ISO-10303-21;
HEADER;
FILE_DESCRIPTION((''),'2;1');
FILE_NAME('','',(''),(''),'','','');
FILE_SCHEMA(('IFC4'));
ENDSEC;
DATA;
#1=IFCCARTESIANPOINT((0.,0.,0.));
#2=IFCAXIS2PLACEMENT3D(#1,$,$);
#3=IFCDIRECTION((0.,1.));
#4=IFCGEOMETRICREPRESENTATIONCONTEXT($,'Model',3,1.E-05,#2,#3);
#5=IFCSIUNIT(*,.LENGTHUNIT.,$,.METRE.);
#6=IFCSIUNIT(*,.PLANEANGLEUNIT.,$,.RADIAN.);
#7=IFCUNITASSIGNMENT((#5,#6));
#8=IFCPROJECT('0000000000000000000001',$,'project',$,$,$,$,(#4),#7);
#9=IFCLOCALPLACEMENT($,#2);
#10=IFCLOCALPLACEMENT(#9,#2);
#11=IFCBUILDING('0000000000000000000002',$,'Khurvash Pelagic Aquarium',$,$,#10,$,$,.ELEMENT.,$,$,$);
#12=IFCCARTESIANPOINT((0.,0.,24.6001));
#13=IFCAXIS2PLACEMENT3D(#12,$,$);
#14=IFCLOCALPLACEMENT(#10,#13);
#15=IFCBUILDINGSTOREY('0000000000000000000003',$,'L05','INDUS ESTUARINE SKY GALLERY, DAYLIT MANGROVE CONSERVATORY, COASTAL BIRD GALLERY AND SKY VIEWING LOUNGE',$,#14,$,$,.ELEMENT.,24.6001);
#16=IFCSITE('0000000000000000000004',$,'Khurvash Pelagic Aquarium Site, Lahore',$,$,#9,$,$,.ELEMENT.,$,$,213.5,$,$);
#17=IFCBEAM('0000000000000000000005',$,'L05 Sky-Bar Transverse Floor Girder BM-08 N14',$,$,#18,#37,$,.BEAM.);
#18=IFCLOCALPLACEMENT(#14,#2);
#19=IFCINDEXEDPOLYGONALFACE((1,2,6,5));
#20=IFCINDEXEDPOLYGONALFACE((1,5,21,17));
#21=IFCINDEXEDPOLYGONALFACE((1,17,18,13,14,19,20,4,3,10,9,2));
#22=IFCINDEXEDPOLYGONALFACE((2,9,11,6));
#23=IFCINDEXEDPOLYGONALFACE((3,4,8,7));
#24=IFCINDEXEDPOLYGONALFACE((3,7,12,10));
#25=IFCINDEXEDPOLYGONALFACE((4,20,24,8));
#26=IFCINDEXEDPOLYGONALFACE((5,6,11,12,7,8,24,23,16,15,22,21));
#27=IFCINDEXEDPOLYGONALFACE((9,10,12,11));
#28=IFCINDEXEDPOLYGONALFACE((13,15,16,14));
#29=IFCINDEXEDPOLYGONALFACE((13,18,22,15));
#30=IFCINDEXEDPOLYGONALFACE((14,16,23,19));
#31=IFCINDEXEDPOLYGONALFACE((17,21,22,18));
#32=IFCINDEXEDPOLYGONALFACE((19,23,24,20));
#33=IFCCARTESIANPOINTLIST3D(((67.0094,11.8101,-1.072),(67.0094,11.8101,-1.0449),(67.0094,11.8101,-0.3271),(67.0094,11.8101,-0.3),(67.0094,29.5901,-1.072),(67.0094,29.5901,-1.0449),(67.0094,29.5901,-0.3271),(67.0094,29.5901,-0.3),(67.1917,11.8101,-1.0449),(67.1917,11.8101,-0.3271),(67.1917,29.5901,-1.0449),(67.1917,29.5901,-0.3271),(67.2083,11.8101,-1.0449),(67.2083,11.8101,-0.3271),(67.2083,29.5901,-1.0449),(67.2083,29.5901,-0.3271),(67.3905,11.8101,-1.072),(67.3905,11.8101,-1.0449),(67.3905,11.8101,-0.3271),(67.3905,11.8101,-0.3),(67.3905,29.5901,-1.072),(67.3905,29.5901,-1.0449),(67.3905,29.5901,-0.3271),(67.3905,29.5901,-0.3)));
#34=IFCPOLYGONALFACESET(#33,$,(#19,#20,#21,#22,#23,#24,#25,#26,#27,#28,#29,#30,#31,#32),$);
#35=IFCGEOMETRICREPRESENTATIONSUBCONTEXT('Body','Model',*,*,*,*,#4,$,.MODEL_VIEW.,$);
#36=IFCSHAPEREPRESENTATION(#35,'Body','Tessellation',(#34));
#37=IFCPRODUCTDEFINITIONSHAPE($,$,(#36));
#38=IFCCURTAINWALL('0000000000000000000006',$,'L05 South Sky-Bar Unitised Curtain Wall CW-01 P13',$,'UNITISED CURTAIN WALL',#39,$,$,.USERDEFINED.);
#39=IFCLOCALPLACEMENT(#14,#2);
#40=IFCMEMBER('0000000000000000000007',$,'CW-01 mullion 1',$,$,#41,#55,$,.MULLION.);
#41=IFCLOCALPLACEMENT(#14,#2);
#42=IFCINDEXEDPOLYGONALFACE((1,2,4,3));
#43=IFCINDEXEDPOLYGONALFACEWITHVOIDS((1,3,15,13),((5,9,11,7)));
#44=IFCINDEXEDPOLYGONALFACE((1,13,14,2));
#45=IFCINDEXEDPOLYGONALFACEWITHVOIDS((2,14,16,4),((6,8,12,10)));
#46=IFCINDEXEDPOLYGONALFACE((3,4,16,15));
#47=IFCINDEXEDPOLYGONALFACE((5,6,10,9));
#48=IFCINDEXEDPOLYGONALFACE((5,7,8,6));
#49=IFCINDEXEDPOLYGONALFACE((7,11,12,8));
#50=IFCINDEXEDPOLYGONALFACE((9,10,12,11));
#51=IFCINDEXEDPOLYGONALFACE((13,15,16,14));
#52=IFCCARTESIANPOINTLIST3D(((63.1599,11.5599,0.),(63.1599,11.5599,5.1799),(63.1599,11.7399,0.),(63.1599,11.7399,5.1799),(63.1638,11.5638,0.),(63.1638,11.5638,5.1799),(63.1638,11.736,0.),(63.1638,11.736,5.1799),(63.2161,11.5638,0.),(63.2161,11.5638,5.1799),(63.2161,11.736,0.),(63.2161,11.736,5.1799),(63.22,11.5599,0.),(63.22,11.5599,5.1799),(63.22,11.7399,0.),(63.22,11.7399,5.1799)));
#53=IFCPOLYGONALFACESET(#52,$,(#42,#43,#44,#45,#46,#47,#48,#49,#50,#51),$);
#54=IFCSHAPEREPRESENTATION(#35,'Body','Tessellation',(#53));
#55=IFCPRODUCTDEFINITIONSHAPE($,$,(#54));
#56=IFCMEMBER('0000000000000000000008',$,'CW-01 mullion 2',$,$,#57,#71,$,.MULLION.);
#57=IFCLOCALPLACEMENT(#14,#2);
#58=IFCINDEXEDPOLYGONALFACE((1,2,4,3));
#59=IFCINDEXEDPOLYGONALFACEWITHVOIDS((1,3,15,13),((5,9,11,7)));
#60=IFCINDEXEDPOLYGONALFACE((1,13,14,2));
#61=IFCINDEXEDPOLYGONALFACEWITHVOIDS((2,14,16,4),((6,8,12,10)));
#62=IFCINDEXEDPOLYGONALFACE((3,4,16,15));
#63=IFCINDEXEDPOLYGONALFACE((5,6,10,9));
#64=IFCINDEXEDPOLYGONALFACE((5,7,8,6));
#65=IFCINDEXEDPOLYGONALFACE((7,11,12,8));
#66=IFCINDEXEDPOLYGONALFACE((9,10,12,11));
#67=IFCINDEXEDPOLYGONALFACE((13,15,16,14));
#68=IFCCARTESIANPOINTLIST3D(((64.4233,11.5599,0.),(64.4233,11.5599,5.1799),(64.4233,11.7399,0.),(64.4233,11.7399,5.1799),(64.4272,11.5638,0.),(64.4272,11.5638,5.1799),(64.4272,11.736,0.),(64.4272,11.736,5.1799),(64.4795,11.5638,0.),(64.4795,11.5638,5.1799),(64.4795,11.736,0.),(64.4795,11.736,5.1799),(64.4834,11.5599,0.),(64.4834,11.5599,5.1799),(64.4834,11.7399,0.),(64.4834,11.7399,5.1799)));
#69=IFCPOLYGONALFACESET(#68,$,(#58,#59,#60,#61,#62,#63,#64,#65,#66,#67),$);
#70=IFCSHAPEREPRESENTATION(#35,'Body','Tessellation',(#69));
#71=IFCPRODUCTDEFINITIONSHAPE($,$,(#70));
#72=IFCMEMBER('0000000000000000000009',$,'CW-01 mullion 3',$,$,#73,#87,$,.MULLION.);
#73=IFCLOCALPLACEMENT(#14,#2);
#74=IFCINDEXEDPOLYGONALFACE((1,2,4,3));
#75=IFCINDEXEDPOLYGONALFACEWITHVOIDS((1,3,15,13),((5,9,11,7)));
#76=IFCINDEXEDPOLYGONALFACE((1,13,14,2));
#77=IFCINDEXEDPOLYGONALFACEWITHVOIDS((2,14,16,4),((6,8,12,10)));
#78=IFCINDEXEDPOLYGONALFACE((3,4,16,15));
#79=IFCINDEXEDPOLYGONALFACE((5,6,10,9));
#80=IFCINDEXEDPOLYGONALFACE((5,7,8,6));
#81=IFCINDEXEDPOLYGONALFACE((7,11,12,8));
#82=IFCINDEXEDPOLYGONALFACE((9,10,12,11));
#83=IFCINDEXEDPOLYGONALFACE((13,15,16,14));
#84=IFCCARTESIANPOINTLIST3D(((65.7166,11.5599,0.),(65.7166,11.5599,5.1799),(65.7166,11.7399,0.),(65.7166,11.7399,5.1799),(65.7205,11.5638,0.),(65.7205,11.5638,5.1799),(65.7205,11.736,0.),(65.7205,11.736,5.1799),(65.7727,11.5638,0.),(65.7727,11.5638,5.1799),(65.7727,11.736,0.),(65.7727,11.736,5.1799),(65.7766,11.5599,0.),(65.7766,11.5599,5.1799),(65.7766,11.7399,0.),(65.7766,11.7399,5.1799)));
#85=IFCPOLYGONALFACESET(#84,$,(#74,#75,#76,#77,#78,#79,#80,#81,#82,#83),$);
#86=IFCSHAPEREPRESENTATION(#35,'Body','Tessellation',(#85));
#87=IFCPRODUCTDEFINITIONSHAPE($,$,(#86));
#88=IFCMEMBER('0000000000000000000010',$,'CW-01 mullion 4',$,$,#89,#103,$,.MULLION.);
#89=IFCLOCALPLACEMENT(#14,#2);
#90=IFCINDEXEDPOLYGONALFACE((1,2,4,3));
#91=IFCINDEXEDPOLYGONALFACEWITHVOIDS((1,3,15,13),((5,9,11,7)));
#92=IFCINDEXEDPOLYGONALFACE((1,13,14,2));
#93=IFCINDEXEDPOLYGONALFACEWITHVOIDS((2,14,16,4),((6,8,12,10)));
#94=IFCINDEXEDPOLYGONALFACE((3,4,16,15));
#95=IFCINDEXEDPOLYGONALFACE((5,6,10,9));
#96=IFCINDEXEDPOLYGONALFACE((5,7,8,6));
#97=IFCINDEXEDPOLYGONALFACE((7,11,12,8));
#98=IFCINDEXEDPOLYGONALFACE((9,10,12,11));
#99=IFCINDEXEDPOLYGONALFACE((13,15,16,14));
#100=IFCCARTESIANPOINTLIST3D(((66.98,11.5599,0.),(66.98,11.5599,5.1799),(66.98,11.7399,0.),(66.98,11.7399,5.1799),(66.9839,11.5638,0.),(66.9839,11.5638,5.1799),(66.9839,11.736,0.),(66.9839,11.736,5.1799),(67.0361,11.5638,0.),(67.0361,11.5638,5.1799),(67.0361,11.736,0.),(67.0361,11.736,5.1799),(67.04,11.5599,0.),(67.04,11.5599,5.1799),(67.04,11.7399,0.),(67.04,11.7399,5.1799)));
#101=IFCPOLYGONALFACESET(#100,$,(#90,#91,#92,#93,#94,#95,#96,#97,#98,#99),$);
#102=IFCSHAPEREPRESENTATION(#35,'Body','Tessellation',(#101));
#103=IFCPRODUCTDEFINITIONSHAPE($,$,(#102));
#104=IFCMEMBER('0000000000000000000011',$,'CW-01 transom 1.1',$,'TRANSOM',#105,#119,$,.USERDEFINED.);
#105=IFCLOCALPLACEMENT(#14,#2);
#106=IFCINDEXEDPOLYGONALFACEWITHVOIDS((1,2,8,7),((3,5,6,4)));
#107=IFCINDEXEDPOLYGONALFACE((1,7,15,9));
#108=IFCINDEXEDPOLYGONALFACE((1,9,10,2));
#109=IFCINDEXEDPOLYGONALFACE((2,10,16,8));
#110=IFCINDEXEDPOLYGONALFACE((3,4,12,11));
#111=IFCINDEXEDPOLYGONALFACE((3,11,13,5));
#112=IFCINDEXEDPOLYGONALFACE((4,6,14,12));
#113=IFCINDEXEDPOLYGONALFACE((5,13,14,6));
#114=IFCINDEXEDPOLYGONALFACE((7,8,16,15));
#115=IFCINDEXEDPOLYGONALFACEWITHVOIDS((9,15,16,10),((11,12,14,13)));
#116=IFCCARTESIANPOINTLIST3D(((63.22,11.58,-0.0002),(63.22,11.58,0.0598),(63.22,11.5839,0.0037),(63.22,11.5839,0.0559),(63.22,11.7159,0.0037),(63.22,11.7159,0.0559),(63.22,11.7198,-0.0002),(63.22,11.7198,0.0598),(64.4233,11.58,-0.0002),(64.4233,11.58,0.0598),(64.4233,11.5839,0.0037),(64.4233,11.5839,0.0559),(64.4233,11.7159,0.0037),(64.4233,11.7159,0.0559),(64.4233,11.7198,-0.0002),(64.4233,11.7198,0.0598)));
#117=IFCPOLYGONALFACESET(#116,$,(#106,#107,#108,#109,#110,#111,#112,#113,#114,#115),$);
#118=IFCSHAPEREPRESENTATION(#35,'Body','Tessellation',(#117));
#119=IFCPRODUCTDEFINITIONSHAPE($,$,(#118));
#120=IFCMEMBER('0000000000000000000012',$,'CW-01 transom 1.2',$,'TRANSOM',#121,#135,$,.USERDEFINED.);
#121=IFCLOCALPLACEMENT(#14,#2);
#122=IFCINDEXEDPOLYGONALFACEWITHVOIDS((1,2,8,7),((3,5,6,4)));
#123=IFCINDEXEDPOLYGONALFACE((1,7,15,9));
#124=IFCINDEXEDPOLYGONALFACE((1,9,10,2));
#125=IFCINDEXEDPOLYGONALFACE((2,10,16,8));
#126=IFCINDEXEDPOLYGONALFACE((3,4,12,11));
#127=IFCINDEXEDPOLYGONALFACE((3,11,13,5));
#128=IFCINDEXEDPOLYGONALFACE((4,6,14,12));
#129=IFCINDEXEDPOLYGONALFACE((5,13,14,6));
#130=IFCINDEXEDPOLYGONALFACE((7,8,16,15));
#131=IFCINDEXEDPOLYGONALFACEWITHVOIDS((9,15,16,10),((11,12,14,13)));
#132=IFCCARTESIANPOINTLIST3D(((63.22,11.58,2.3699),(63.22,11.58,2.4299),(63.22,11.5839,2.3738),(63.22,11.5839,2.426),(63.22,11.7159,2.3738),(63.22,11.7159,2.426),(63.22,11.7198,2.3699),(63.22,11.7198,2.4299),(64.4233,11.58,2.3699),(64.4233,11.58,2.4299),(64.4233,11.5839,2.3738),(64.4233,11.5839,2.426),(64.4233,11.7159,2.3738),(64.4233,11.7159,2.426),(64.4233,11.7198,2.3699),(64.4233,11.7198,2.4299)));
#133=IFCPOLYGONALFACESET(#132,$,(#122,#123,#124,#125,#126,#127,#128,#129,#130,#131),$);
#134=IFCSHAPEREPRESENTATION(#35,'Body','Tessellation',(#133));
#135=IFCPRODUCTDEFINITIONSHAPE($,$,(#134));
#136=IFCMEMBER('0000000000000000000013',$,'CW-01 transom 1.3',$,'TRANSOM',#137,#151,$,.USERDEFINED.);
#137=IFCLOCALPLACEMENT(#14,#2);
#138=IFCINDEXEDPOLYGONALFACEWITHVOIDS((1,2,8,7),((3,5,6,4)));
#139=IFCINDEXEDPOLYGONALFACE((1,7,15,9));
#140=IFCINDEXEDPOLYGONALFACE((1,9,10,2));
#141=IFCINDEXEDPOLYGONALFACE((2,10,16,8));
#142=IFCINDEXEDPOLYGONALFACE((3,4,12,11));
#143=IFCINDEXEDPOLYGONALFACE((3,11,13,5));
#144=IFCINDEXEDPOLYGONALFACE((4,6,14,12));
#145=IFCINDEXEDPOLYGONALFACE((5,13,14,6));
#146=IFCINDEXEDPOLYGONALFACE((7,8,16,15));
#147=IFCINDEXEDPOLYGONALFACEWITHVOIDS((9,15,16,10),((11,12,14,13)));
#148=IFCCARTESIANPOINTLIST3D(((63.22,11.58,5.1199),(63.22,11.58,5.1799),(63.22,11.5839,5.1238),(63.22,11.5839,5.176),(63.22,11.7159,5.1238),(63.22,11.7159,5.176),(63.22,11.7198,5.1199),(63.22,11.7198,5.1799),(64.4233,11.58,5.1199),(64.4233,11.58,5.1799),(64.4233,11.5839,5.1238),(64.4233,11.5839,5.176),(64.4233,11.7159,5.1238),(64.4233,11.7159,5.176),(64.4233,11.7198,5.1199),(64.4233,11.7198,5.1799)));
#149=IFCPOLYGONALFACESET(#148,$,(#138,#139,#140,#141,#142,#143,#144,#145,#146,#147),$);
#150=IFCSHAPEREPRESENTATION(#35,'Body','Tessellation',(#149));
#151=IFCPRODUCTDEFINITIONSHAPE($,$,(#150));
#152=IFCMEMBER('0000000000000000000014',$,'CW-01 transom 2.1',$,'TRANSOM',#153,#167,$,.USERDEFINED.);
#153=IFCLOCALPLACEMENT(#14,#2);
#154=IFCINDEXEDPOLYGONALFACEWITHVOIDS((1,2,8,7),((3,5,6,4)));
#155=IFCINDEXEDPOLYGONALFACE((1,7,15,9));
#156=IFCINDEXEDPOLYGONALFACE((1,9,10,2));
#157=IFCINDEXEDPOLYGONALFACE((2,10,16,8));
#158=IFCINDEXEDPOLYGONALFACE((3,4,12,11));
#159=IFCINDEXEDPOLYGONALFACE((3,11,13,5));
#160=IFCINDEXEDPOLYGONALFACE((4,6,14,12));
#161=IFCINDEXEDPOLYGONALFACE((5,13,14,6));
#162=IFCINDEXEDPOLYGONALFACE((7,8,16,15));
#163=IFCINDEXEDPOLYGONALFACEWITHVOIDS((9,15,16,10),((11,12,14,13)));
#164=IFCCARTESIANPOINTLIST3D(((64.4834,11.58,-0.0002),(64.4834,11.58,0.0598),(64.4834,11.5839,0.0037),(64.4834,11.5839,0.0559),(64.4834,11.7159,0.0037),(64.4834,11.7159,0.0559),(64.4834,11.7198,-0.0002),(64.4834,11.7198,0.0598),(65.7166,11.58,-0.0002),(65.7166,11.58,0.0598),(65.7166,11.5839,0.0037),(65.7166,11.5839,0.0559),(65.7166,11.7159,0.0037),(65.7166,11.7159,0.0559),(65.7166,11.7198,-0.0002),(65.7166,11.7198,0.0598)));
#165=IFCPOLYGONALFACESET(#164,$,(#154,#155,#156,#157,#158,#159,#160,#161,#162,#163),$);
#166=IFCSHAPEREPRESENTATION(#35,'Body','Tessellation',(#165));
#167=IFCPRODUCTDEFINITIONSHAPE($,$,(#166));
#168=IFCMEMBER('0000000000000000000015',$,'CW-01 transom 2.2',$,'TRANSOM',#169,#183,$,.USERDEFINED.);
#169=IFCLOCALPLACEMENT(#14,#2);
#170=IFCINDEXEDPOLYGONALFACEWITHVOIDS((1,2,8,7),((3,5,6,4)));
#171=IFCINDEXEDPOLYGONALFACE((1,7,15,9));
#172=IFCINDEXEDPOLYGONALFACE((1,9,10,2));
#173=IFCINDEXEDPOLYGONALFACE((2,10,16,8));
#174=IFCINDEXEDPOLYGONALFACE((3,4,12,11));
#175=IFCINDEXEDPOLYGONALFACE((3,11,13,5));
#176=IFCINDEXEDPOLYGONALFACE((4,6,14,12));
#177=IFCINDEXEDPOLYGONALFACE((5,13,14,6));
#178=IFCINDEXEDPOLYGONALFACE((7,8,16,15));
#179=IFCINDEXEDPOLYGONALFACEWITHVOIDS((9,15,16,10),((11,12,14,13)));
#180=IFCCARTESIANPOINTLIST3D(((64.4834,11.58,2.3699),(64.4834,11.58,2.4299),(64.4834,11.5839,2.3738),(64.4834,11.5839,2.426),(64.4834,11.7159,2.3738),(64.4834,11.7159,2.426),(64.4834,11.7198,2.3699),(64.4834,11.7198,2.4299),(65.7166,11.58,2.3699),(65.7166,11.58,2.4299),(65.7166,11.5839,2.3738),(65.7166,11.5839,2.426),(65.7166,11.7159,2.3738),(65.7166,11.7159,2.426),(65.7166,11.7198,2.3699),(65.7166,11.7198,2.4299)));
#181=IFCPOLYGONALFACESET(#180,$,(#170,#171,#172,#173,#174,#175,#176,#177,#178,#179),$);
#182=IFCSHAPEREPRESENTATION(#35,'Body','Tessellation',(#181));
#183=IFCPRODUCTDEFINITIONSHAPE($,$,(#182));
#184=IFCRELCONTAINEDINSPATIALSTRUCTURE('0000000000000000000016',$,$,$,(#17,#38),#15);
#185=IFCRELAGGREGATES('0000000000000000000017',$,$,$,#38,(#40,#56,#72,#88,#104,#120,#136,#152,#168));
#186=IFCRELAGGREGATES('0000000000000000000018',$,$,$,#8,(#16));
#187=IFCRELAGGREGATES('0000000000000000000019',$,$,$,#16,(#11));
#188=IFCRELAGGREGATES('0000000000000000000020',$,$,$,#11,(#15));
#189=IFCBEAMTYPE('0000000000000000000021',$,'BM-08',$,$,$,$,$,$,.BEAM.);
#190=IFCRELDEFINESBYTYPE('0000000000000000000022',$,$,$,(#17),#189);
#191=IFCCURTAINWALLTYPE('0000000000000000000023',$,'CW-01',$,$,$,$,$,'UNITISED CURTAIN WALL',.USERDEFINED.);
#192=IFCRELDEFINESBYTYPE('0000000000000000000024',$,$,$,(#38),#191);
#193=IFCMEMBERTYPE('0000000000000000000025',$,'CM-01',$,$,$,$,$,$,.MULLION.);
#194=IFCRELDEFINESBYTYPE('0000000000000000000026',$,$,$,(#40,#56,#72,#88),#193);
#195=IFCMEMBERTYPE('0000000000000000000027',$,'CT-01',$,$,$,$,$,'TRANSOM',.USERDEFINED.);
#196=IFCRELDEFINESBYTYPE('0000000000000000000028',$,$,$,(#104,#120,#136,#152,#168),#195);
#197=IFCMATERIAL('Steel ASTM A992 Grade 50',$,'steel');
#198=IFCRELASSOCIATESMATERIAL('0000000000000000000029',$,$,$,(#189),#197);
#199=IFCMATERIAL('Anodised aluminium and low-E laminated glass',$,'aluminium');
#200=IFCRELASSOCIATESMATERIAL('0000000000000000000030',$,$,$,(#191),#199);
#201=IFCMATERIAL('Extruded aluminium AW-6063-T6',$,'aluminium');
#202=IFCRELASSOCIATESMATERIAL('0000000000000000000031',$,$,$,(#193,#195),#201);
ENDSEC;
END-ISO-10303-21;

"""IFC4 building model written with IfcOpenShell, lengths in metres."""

from ifc_helpers import new_model, si_unit, direction, frame, origin, origin_2d, place, context, subcontext, project, spatial, hollow_rectangle, i_section, extrude, material, material_profile, profile_set, type_object, element, aggregate, save


model = new_model("IFC4")

# Units and contexts
model_context = context("Model", 3, precision=1e-05, world=origin(), true_north=direction((0.0, 1.0)))
body_context = subcontext(model_context, "Body", "Model", "MODEL_VIEW")
ifc_project = project(units=[si_unit("LENGTHUNIT", "METRE"), si_unit("PLANEANGLEUNIT", "RADIAN")], contexts=[model_context])

# Site, building, storey
site_placement = place(None, origin())
site = spatial("IfcSite", under=ifc_project, at=site_placement, Name="Khurvash Pelagic Aquarium Site, Lahore", CompositionType="ELEMENT", RefElevation=213.5)
building_placement = place(site_placement, origin())
building = spatial("IfcBuilding", under=site, at=building_placement, Name="Khurvash Pelagic Aquarium", CompositionType="ELEMENT")
storey_placement = place(building_placement, frame((0.0, 0.0, 24.6001)))
storey = spatial("IfcBuildingStorey", under=building, at=storey_placement, Name="L05", Description="INDUS ESTUARINE SKY GALLERY, DAYLIT MANGROVE CONSERVATORY, COASTAL BIRD GALLERY AND SKY VIEWING LOUNGE", CompositionType="ELEMENT", Elevation=24.6001)

# Beam
ifc_material_1 = material(Name="Steel ASTM A992 Grade 50", Category="steel")
ifc_material_profile_1 = material_profile(ifc_material_1, i_section(OverallWidth=0.3811, OverallDepth=0.772, WebThickness=0.0166, FlangeThickness=0.0271, at=origin_2d()), Name="W30X173")
ifc_profile_set_1 = profile_set([ifc_material_profile_1], Name="Steel ASTM A992 Grade 50")
beam_type = type_object("IfcBeamType", Name="BM-08", PredefinedType="BEAM", material=ifc_profile_set_1)
beam_placement = place(storey_placement, frame((67.2, 11.8101, -0.686), z_axis=(0.0, 1.0, 0.0), x_axis=(-1.0, 0.0, 0.0)))
element("IfcBeam", 1, at=beam_placement, inside=storey, type_object=beam_type, Name="L05 Sky-Bar Transverse Floor Girder BM-08 N14", PredefinedType="BEAM", context=body_context, shape_type="SweptSolid", body=[
    extrude(i_section(OverallWidth=0.3811, OverallDepth=0.772, WebThickness=0.0166, FlangeThickness=0.0271, at=origin_2d()), origin(), (0.0, 0.0, 1.0), 17.78),
])

# Curtain wall, members
ifc_material_2 = material(Name="Anodised aluminium and low-E laminated glass", Category="aluminium")
curtain_wall_type = type_object("IfcCurtainWallType", Name="CW-01", ElementType="UNITISED CURTAIN WALL", PredefinedType="USERDEFINED", material=ifc_material_2)
curtain_wall_placement = place(storey_placement, origin())
curtain_wall = element("IfcCurtainWall", 2, at=curtain_wall_placement, inside=storey, type_object=curtain_wall_type, Name="L05 South Sky-Bar Unitised Curtain Wall CW-01 P13", ObjectType="UNITISED CURTAIN WALL", PredefinedType="USERDEFINED")
ifc_material_3 = material(Name="Extruded aluminium AW-6063-T6", Category="aluminium")
ifc_material_profile_2 = material_profile(ifc_material_3, hollow_rectangle(XDim=0.0601, YDim=0.1799, WallThickness=0.0039, at=origin_2d()), Name="CWM60X180X4")
ifc_profile_set_2 = profile_set([ifc_material_profile_2], Name="Extruded aluminium AW-6063-T6")
member_type_1 = type_object("IfcMemberType", Name="CM-01", PredefinedType="MULLION", material=ifc_profile_set_2)
member_1_placement = place(storey_placement, frame((63.1899, 11.6499, 0.0), z_axis=(0.0, 0.0, 1.0), x_axis=(1.0, 0.0, 0.0)))
member_1 = element("IfcMember", 3, at=member_1_placement, type_object=member_type_1, Name="CW-01 mullion 1", PredefinedType="MULLION", context=body_context, shape_type="SweptSolid", body=[
    extrude(hollow_rectangle(XDim=0.0601, YDim=0.1799, WallThickness=0.0039, at=origin_2d()), origin(), (0.0, 0.0, 1.0), 5.1799),
])
member_2_placement = place(storey_placement, frame((64.4534, 11.6499, 0.0), z_axis=(0.0, 0.0, 1.0), x_axis=(1.0, 0.0, 0.0)))
member_2 = element("IfcMember", 4, at=member_2_placement, type_object=member_type_1, Name="CW-01 mullion 2", PredefinedType="MULLION", context=body_context, shape_type="SweptSolid", body=[
    extrude(hollow_rectangle(XDim=0.0601, YDim=0.1799, WallThickness=0.0039, at=origin_2d()), origin(), (0.0, 0.0, 1.0), 5.1799),
])
member_3_placement = place(storey_placement, frame((65.7466, 11.6499, 0.0), z_axis=(0.0, 0.0, 1.0), x_axis=(1.0, 0.0, 0.0)))
member_3 = element("IfcMember", 5, at=member_3_placement, type_object=member_type_1, Name="CW-01 mullion 3", PredefinedType="MULLION", context=body_context, shape_type="SweptSolid", body=[
    extrude(hollow_rectangle(XDim=0.0601, YDim=0.1799, WallThickness=0.0039, at=origin_2d()), origin(), (0.0, 0.0, 1.0), 5.1799),
])
member_4_placement = place(storey_placement, frame((67.01, 11.6499, 0.0), z_axis=(0.0, 0.0, 1.0), x_axis=(1.0, 0.0, 0.0)))
member_4 = element("IfcMember", 6, at=member_4_placement, type_object=member_type_1, Name="CW-01 mullion 4", PredefinedType="MULLION", context=body_context, shape_type="SweptSolid", body=[
    extrude(hollow_rectangle(XDim=0.0601, YDim=0.1799, WallThickness=0.0039, at=origin_2d()), origin(), (0.0, 0.0, 1.0), 5.1799),
])
ifc_material_profile_3 = material_profile(ifc_material_3, hollow_rectangle(XDim=0.1399, YDim=0.0601, WallThickness=0.0039, at=origin_2d()), Name="CWT140X60X4")
ifc_profile_set_3 = profile_set([ifc_material_profile_3], Name="Extruded aluminium AW-6063-T6")
member_type_2 = type_object("IfcMemberType", Name="CT-01", ElementType="TRANSOM", PredefinedType="USERDEFINED", material=ifc_profile_set_3)
member_5_placement = place(storey_placement, frame((63.22, 11.6499, 0.0298), z_axis=(1.0, 0.0, 0.0), x_axis=(0.0, 1.0, 0.0)))
member_5 = element("IfcMember", 7, at=member_5_placement, type_object=member_type_2, Name="CW-01 transom 1.1", ObjectType="TRANSOM", PredefinedType="USERDEFINED", context=body_context, shape_type="SweptSolid", body=[
    extrude(hollow_rectangle(XDim=0.1399, YDim=0.0601, WallThickness=0.0039, at=origin_2d()), origin(), (0.0, 0.0, 1.0), 1.2034),
])
member_6_placement = place(storey_placement, frame((63.22, 11.6499, 2.3999), z_axis=(1.0, 0.0, 0.0), x_axis=(0.0, 1.0, 0.0)))
member_6 = element("IfcMember", 8, at=member_6_placement, type_object=member_type_2, Name="CW-01 transom 1.2", ObjectType="TRANSOM", PredefinedType="USERDEFINED", context=body_context, shape_type="SweptSolid", body=[
    extrude(hollow_rectangle(XDim=0.1399, YDim=0.0601, WallThickness=0.0039, at=origin_2d()), origin(), (0.0, 0.0, 1.0), 1.2034),
])
member_7_placement = place(storey_placement, frame((63.22, 11.6499, 5.1499), z_axis=(1.0, 0.0, 0.0), x_axis=(0.0, 1.0, 0.0)))
member_7 = element("IfcMember", 9, at=member_7_placement, type_object=member_type_2, Name="CW-01 transom 1.3", ObjectType="TRANSOM", PredefinedType="USERDEFINED", context=body_context, shape_type="SweptSolid", body=[
    extrude(hollow_rectangle(XDim=0.1399, YDim=0.0601, WallThickness=0.0039, at=origin_2d()), origin(), (0.0, 0.0, 1.0), 1.2034),
])
member_8_placement = place(storey_placement, frame((64.4834, 11.6499, 0.0298), z_axis=(1.0, 0.0, 0.0), x_axis=(0.0, 1.0, 0.0)))
member_8 = element("IfcMember", 10, at=member_8_placement, type_object=member_type_2, Name="CW-01 transom 2.1", ObjectType="TRANSOM", PredefinedType="USERDEFINED", context=body_context, shape_type="SweptSolid", body=[
    extrude(hollow_rectangle(XDim=0.1399, YDim=0.0601, WallThickness=0.0039, at=origin_2d()), origin(), (0.0, 0.0, 1.0), 1.2332),
])
member_9_placement = place(storey_placement, frame((64.4834, 11.6499, 2.3999), z_axis=(1.0, 0.0, 0.0), x_axis=(0.0, 1.0, 0.0)))
member_9 = element("IfcMember", 11, at=member_9_placement, type_object=member_type_2, Name="CW-01 transom 2.2", ObjectType="TRANSOM", PredefinedType="USERDEFINED", context=body_context, shape_type="SweptSolid", body=[
    extrude(hollow_rectangle(XDim=0.1399, YDim=0.0601, WallThickness=0.0039, at=origin_2d()), origin(), (0.0, 0.0, 1.0), 1.2332),
])

aggregate(curtain_wall, [member_1, member_2, member_3, member_4, member_5, member_6, member_7, member_8, member_9])

save(model, "model.ifc")
